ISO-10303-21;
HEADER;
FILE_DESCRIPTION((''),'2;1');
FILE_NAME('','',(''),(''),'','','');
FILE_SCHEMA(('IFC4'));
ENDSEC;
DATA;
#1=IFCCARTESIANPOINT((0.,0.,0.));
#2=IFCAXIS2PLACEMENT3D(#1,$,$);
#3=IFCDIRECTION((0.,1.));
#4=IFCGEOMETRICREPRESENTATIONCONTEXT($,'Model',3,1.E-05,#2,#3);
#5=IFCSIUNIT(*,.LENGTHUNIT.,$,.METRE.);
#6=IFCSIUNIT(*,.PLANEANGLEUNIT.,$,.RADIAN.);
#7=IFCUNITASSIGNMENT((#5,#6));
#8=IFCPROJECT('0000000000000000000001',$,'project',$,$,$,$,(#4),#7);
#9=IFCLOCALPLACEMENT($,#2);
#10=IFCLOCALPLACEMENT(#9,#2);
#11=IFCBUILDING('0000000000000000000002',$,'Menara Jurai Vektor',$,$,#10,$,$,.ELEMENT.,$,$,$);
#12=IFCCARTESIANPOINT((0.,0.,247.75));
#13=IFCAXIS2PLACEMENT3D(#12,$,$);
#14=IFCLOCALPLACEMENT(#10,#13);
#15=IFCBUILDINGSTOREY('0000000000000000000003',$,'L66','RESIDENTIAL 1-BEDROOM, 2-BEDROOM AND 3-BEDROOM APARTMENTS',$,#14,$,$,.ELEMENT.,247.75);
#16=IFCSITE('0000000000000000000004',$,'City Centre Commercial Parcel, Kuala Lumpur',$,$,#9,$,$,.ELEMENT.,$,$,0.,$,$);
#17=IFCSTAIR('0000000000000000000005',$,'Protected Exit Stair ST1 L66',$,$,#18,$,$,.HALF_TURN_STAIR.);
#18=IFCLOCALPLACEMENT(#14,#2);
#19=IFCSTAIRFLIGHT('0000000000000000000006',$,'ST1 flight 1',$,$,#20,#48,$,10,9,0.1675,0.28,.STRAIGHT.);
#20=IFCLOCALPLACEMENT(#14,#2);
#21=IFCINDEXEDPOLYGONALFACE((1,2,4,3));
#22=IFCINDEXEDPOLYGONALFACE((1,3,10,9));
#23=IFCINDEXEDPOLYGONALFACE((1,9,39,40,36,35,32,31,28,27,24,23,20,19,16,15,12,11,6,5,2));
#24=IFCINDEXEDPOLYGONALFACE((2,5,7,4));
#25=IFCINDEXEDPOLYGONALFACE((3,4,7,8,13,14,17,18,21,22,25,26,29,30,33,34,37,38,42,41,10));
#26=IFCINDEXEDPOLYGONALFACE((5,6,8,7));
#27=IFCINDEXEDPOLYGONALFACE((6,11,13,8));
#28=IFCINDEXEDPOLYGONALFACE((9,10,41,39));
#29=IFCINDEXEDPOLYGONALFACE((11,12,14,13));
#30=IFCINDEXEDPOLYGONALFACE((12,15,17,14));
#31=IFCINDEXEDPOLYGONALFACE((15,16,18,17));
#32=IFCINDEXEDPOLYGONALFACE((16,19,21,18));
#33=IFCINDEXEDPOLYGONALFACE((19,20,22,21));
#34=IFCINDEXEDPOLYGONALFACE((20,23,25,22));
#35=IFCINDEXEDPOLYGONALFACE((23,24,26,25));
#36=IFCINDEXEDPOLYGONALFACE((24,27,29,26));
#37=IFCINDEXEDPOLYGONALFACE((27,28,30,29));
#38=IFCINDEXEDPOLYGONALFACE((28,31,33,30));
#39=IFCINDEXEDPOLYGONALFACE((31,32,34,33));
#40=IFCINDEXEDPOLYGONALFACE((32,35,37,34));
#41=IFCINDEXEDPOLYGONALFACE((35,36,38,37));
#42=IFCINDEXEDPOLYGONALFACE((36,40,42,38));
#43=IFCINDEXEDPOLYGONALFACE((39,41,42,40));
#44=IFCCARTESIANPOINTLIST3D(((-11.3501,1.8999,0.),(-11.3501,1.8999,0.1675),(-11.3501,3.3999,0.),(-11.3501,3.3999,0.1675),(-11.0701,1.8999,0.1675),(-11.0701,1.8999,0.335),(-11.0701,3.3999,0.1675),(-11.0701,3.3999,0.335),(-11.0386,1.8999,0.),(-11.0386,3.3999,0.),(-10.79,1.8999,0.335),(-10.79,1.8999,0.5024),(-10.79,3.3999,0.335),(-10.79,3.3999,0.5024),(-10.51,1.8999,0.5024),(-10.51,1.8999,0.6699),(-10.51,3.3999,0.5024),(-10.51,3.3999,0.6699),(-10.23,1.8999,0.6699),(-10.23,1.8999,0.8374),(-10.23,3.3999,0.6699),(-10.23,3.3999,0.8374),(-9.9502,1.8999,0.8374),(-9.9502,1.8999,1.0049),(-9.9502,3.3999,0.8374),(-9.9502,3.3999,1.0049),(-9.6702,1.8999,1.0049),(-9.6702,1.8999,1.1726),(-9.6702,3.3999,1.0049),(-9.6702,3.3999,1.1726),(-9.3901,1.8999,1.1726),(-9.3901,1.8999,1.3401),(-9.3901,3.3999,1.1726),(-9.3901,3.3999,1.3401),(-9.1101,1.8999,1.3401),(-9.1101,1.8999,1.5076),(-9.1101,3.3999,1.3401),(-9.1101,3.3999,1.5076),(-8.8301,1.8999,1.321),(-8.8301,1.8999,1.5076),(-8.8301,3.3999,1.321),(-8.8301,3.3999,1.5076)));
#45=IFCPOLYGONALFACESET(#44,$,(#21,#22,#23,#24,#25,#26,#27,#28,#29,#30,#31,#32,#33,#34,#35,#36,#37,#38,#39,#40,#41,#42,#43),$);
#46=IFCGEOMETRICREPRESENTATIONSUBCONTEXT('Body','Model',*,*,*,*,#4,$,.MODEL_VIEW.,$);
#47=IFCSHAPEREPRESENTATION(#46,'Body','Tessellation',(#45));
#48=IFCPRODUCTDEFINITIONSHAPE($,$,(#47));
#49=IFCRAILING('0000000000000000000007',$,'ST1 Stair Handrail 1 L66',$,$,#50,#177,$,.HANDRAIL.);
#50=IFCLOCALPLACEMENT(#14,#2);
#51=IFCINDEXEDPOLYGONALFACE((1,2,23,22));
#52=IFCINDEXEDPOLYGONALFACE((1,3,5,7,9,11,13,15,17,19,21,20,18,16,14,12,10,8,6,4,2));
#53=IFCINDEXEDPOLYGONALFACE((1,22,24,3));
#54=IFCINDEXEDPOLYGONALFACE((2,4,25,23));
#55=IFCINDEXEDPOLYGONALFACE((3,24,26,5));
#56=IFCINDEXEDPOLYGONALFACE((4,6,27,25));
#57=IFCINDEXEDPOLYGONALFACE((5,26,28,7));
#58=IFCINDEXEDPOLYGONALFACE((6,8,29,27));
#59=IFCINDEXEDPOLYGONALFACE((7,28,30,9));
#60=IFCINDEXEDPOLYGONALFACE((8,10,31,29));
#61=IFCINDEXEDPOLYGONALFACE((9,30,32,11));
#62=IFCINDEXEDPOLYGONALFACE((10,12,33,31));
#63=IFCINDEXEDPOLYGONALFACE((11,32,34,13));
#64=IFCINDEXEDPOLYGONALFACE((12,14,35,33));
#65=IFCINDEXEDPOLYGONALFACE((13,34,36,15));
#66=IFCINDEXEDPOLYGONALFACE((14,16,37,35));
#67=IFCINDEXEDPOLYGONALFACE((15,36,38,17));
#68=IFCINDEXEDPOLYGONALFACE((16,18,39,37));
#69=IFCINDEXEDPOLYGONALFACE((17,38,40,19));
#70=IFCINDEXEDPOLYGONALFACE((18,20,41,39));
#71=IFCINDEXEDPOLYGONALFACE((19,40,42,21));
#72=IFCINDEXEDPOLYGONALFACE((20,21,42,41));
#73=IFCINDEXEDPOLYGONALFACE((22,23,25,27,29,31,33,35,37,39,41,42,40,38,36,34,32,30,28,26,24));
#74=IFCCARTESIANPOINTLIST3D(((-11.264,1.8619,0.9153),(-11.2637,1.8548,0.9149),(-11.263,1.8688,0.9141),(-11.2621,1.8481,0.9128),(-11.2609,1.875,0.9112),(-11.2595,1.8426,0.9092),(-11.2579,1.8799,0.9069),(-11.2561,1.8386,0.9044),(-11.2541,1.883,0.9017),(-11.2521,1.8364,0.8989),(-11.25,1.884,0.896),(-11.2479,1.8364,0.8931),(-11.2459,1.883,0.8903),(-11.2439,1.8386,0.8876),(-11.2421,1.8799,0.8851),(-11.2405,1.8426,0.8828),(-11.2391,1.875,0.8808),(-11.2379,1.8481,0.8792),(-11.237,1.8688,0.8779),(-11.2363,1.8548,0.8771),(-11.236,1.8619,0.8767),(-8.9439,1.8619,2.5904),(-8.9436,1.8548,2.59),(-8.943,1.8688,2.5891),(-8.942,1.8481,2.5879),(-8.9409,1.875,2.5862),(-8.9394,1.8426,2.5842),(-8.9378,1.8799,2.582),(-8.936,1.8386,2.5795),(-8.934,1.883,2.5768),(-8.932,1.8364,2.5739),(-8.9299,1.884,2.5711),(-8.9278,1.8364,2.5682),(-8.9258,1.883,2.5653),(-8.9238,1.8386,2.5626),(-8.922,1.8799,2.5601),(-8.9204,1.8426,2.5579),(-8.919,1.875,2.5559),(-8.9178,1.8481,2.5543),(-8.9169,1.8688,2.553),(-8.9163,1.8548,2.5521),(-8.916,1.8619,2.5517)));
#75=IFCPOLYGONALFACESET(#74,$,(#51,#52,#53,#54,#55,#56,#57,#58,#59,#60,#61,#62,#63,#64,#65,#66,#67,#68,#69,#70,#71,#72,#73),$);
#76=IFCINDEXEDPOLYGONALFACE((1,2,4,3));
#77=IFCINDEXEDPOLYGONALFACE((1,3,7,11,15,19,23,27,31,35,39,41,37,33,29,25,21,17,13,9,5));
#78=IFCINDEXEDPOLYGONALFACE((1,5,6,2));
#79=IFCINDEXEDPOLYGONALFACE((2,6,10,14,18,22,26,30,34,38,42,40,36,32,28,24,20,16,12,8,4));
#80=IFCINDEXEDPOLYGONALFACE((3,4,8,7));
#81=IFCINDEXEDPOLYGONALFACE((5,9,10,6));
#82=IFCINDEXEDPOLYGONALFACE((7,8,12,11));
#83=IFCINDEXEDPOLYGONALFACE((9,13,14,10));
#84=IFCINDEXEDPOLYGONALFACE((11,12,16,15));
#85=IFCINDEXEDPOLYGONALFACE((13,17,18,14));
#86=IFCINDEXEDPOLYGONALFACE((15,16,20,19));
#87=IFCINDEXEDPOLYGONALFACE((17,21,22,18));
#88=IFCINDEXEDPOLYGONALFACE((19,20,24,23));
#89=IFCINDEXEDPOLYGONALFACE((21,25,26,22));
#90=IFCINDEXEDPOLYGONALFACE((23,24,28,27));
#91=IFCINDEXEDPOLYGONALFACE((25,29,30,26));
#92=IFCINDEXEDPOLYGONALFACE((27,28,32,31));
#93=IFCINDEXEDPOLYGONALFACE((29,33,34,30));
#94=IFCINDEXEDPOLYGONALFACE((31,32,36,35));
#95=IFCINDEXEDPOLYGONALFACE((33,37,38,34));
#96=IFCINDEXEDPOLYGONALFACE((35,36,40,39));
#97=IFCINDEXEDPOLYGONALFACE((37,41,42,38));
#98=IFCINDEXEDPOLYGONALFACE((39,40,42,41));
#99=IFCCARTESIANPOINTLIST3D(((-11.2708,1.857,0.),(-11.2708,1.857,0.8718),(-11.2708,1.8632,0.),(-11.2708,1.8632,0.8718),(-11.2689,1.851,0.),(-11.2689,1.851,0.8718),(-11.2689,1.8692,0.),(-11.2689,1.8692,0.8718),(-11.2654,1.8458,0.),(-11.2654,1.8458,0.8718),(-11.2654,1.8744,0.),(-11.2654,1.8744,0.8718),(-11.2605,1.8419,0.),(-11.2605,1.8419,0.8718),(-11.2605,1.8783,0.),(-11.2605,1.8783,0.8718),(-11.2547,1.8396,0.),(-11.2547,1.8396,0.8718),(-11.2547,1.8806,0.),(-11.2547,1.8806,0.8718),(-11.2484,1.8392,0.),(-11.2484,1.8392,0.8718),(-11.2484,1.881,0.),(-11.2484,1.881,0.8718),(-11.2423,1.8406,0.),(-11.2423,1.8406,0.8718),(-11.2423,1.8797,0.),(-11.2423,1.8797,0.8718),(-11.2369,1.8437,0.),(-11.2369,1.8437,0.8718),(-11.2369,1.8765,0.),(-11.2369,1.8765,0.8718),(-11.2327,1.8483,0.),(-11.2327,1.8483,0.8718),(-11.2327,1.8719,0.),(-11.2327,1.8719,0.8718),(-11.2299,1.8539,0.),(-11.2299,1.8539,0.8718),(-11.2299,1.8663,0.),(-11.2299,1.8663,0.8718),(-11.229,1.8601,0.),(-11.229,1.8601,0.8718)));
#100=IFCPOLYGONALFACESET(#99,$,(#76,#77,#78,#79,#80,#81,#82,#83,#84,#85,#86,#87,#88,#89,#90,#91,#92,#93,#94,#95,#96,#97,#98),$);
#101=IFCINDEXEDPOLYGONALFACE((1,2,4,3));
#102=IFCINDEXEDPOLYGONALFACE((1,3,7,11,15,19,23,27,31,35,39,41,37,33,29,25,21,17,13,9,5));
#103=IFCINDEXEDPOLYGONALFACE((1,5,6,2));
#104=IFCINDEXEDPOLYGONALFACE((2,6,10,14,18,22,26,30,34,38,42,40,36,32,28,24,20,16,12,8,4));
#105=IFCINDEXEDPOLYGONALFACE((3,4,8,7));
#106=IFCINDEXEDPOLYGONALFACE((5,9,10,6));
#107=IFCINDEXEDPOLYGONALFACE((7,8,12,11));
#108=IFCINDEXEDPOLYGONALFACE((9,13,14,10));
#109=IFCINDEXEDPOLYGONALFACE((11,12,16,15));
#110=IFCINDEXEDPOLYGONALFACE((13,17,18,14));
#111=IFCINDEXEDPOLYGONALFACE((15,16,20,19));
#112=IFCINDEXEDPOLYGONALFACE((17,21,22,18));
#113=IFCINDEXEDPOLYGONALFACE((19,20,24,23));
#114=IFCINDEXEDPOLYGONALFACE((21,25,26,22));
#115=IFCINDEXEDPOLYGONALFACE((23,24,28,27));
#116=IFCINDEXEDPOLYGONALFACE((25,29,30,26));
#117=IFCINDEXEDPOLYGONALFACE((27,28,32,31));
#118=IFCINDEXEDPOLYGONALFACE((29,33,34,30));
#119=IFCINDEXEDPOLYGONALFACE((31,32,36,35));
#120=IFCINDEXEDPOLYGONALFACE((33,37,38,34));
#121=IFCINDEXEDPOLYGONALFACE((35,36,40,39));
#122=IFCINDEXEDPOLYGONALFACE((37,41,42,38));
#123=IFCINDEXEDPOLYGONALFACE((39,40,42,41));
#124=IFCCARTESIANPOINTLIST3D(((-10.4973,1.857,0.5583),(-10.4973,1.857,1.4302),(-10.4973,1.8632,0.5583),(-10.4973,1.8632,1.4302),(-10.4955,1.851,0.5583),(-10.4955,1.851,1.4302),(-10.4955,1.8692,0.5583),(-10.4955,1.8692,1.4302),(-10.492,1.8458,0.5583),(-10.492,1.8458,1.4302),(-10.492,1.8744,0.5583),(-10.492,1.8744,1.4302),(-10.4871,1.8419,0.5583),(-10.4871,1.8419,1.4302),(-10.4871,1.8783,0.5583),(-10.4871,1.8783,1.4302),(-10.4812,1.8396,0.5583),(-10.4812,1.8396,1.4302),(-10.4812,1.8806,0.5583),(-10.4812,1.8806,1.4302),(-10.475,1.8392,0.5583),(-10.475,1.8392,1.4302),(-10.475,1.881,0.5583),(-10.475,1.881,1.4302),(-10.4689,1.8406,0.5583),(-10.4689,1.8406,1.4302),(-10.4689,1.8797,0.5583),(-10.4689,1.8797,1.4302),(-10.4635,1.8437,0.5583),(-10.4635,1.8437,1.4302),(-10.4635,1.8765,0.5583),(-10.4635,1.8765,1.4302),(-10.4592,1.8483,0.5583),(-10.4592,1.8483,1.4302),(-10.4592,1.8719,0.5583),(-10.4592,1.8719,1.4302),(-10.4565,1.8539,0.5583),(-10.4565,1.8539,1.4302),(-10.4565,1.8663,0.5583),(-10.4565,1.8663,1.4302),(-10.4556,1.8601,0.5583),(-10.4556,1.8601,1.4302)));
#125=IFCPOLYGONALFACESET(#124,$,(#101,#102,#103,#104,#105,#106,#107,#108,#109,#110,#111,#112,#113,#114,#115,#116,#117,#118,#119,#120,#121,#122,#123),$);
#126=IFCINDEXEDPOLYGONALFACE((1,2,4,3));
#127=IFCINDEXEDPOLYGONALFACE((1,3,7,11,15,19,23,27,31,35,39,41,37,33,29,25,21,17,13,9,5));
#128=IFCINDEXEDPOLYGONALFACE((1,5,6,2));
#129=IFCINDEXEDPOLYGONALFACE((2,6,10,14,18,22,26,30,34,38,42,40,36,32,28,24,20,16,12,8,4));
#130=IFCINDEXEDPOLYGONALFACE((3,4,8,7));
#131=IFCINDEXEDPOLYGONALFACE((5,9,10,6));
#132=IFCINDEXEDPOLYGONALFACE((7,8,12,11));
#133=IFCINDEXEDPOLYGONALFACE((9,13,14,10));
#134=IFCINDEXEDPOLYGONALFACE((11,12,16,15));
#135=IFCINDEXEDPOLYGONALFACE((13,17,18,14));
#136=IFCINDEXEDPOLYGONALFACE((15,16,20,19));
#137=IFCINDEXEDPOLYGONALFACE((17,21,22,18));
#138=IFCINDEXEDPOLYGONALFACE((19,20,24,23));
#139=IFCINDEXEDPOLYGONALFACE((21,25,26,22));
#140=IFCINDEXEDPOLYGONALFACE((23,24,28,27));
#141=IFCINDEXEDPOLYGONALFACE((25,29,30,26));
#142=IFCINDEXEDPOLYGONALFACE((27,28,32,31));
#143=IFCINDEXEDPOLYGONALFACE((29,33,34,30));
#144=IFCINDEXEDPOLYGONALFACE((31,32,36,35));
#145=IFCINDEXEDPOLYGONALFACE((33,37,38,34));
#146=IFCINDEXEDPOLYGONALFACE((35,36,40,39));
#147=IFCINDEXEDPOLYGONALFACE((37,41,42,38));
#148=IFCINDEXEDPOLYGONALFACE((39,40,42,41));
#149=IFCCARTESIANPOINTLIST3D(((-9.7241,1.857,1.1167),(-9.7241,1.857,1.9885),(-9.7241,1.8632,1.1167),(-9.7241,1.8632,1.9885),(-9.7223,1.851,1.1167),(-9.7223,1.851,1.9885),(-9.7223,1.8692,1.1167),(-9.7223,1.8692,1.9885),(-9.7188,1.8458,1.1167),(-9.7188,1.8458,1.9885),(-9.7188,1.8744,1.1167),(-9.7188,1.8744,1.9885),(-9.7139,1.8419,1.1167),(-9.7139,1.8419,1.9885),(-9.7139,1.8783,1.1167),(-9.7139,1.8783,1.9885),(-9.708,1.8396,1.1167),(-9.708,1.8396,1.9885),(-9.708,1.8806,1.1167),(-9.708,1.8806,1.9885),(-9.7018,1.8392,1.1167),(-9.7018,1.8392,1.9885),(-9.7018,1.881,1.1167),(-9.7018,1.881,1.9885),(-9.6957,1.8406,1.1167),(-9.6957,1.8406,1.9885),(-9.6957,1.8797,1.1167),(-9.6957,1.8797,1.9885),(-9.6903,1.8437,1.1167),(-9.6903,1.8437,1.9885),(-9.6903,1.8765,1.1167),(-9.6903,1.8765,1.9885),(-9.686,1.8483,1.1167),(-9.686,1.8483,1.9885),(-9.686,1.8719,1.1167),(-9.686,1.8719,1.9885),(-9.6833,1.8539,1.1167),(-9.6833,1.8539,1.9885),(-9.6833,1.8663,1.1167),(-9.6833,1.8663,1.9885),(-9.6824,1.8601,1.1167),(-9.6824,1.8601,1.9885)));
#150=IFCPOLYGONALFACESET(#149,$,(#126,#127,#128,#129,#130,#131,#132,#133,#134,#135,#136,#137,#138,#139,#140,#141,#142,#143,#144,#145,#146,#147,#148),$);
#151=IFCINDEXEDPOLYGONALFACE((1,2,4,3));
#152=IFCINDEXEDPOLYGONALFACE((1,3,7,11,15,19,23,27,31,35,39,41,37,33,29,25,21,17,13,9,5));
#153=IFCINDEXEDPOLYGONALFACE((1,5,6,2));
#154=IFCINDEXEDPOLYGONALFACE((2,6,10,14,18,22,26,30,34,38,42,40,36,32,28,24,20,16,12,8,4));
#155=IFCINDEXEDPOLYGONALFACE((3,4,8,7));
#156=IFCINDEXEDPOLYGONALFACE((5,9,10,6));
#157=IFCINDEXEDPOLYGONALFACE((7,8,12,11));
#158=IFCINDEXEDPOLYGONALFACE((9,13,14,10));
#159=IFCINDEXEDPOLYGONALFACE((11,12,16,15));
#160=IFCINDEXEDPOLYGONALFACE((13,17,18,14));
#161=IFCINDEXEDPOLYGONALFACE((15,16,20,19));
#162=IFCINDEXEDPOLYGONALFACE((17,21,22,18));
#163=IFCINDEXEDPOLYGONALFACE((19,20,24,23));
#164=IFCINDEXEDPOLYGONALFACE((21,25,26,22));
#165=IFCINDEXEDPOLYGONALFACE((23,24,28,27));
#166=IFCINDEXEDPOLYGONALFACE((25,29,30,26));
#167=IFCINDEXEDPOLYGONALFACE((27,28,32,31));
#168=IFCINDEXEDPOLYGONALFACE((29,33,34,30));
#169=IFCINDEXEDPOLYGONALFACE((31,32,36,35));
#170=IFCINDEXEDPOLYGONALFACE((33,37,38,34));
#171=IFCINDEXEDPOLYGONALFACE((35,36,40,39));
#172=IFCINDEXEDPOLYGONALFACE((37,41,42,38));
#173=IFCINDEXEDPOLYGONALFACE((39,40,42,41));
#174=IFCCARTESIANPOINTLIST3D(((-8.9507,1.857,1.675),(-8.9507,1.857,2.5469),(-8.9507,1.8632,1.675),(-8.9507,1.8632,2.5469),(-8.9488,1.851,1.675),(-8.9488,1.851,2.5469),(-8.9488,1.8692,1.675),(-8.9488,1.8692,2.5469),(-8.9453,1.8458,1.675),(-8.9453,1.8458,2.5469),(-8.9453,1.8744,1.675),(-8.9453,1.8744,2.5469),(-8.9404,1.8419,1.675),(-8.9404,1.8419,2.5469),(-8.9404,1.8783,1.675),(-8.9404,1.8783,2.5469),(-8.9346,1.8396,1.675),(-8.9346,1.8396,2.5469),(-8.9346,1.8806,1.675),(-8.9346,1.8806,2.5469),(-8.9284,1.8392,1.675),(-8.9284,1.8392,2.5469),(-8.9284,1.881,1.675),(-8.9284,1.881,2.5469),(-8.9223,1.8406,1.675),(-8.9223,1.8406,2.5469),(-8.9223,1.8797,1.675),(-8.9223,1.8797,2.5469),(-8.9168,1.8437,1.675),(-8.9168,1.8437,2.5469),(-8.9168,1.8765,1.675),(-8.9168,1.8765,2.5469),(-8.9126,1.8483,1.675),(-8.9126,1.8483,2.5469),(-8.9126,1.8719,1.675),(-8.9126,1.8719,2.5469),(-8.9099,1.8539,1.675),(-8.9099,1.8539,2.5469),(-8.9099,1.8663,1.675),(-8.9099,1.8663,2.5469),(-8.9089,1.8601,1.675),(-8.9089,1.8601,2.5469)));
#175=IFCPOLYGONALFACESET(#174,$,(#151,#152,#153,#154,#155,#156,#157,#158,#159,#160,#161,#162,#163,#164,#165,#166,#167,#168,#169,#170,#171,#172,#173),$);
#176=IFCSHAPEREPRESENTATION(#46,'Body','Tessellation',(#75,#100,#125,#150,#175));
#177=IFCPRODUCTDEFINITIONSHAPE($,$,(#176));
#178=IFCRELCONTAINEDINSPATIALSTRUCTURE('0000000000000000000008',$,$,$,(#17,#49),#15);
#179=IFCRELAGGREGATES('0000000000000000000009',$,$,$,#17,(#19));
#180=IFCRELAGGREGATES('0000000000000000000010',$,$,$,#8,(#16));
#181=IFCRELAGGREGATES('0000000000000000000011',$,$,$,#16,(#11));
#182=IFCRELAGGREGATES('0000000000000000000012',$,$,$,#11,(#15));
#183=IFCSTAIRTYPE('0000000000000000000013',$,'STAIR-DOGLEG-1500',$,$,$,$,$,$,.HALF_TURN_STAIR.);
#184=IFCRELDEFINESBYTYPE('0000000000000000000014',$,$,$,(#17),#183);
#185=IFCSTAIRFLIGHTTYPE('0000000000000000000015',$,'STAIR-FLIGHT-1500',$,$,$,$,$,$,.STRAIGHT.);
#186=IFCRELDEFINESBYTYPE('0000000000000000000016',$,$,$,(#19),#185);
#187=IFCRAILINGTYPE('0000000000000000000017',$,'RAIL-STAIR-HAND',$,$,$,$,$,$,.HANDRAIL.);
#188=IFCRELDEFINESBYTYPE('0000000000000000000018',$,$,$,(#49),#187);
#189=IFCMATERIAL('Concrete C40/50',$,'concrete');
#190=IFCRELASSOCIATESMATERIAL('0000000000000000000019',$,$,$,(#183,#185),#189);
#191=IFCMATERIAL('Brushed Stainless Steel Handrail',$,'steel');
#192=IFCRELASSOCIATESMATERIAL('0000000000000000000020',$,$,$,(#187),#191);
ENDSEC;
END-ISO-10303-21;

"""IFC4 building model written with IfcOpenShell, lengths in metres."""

from ifc_helpers import new_model, si_unit, direction, frame, origin, origin_2d, place, context, subcontext, project, spatial, polyline, circle, outline, extrude, material, type_object, element, aggregate, save


model = new_model("IFC4")

# Units and contexts
model_context = context("Model", 3, precision=1e-05, world=origin(), true_north=direction((0.0, 1.0)))
body_context = subcontext(model_context, "Body", "Model", "MODEL_VIEW")
ifc_project = project(units=[si_unit("LENGTHUNIT", "METRE"), si_unit("PLANEANGLEUNIT", "RADIAN")], contexts=[model_context])

# Site, building, storey
site_placement = place(None, origin())
site = spatial("IfcSite", under=ifc_project, at=site_placement, Name="City Centre Commercial Parcel, Kuala Lumpur", CompositionType="ELEMENT", RefElevation=0.0)
building_placement = place(site_placement, origin())
building = spatial("IfcBuilding", under=site, at=building_placement, Name="Menara Jurai Vektor", CompositionType="ELEMENT")
storey_placement = place(building_placement, frame((0.0, 0.0, 247.75)))
storey = spatial("IfcBuildingStorey", under=building, at=storey_placement, Name="L66", Description="RESIDENTIAL 1-BEDROOM, 2-BEDROOM AND 3-BEDROOM APARTMENTS", CompositionType="ELEMENT", Elevation=247.75)

# Shared definitions
ifc_material_1 = material(Name="Concrete C40/50", Category="concrete")

# Stair, stair flight
stair_type = type_object("IfcStairType", Name="STAIR-DOGLEG-1500", PredefinedType="HALF_TURN_STAIR", material=ifc_material_1)
stair_placement = place(storey_placement, origin())
stair = element("IfcStair", 1, at=stair_placement, inside=storey, type_object=stair_type, Name="Protected Exit Stair ST1 L66", PredefinedType="HALF_TURN_STAIR")
stair_flight_type = type_object("IfcStairFlightType", Name="STAIR-FLIGHT-1500", PredefinedType="STRAIGHT", material=ifc_material_1)
stair_flight_placement = place(storey_placement, frame((-11.3501, 2.6499, 0.0), z_axis=(0.0, 0.0, 1.0), x_axis=(1.0, 0.0, 0.0)))
stair_flight = element("IfcStairFlight", 2, at=stair_flight_placement, type_object=stair_flight_type, Name="ST1 flight 1", NumberOfRisers=10, NumberOfTreads=9, PredefinedType="STRAIGHT", RiserHeight=0.1675, TreadLength=0.28, context=body_context, shape_type="SweptSolid", body=[
    extrude(outline(polyline([(0.0, 0.0), (0.0, 0.1675), (0.28, 0.1675), (0.28, 0.335), (0.5601, 0.335), (0.5601, 0.5024), (0.8401, 0.5024), (0.8401, 0.6699), (1.1201, 0.6699), (1.1201, 0.8374), (1.3999, 0.8374), (1.3999, 1.0049), (1.6799, 1.0049), (1.6799, 1.1726), (1.96, 1.1726), (1.96, 1.3401), (2.24, 1.3401), (2.24, 1.5076), (2.52, 1.5076), (2.52, 1.675), (2.52, 1.321), (0.3115, 0.0), (0.0, 0.0)])), frame((0.0, 0.75, 0.0), z_axis=(0.0, -1.0, 0.0), x_axis=(1.0, 0.0, 0.0)), (0.0, 0.0, 1.0), 1.5),
])
aggregate(stair, [stair_flight])

# Railing
ifc_material_2 = material(Name="Brushed Stainless Steel Handrail", Category="steel")
railing_type_1 = type_object("IfcRailingType", Name="RAIL-STAIR-HAND", PredefinedType="HANDRAIL", material=ifc_material_2)
railing_1_placement = place(storey_placement, frame((-11.25, 1.8601, 0.0)))
element("IfcRailing", 3, at=railing_1_placement, inside=storey, type_object=railing_type_1, Name="ST1 Stair Handrail 1 L66", PredefinedType="HANDRAIL", context=body_context, shape_type="SweptSolid", body=[
    extrude(circle(Radius=0.0239, at=origin_2d()), frame((0.0, 0.0, 0.896), z_axis=(0.810771, 0.0, 0.585363), x_axis=(0.0, 1.0, 0.0)), (0.0, 0.0, 1.0), 2.8616),
    extrude(circle(Radius=0.021, at=origin_2d()), origin(), (0.0, 0.0, 1.0), 0.8718),
    extrude(circle(Radius=0.021, at=origin_2d()), frame((0.7734, 0.0, 0.5583)), (0.0, 0.0, 1.0), 0.8718),
    extrude(circle(Radius=0.021, at=origin_2d()), frame((1.5466, 0.0, 1.1167)), (0.0, 0.0, 1.0), 0.8718),
    extrude(circle(Radius=0.021, at=origin_2d()), frame((2.3201, 0.0, 1.675)), (0.0, 0.0, 1.0), 0.8718),
])

save(model, "model.ifc")
